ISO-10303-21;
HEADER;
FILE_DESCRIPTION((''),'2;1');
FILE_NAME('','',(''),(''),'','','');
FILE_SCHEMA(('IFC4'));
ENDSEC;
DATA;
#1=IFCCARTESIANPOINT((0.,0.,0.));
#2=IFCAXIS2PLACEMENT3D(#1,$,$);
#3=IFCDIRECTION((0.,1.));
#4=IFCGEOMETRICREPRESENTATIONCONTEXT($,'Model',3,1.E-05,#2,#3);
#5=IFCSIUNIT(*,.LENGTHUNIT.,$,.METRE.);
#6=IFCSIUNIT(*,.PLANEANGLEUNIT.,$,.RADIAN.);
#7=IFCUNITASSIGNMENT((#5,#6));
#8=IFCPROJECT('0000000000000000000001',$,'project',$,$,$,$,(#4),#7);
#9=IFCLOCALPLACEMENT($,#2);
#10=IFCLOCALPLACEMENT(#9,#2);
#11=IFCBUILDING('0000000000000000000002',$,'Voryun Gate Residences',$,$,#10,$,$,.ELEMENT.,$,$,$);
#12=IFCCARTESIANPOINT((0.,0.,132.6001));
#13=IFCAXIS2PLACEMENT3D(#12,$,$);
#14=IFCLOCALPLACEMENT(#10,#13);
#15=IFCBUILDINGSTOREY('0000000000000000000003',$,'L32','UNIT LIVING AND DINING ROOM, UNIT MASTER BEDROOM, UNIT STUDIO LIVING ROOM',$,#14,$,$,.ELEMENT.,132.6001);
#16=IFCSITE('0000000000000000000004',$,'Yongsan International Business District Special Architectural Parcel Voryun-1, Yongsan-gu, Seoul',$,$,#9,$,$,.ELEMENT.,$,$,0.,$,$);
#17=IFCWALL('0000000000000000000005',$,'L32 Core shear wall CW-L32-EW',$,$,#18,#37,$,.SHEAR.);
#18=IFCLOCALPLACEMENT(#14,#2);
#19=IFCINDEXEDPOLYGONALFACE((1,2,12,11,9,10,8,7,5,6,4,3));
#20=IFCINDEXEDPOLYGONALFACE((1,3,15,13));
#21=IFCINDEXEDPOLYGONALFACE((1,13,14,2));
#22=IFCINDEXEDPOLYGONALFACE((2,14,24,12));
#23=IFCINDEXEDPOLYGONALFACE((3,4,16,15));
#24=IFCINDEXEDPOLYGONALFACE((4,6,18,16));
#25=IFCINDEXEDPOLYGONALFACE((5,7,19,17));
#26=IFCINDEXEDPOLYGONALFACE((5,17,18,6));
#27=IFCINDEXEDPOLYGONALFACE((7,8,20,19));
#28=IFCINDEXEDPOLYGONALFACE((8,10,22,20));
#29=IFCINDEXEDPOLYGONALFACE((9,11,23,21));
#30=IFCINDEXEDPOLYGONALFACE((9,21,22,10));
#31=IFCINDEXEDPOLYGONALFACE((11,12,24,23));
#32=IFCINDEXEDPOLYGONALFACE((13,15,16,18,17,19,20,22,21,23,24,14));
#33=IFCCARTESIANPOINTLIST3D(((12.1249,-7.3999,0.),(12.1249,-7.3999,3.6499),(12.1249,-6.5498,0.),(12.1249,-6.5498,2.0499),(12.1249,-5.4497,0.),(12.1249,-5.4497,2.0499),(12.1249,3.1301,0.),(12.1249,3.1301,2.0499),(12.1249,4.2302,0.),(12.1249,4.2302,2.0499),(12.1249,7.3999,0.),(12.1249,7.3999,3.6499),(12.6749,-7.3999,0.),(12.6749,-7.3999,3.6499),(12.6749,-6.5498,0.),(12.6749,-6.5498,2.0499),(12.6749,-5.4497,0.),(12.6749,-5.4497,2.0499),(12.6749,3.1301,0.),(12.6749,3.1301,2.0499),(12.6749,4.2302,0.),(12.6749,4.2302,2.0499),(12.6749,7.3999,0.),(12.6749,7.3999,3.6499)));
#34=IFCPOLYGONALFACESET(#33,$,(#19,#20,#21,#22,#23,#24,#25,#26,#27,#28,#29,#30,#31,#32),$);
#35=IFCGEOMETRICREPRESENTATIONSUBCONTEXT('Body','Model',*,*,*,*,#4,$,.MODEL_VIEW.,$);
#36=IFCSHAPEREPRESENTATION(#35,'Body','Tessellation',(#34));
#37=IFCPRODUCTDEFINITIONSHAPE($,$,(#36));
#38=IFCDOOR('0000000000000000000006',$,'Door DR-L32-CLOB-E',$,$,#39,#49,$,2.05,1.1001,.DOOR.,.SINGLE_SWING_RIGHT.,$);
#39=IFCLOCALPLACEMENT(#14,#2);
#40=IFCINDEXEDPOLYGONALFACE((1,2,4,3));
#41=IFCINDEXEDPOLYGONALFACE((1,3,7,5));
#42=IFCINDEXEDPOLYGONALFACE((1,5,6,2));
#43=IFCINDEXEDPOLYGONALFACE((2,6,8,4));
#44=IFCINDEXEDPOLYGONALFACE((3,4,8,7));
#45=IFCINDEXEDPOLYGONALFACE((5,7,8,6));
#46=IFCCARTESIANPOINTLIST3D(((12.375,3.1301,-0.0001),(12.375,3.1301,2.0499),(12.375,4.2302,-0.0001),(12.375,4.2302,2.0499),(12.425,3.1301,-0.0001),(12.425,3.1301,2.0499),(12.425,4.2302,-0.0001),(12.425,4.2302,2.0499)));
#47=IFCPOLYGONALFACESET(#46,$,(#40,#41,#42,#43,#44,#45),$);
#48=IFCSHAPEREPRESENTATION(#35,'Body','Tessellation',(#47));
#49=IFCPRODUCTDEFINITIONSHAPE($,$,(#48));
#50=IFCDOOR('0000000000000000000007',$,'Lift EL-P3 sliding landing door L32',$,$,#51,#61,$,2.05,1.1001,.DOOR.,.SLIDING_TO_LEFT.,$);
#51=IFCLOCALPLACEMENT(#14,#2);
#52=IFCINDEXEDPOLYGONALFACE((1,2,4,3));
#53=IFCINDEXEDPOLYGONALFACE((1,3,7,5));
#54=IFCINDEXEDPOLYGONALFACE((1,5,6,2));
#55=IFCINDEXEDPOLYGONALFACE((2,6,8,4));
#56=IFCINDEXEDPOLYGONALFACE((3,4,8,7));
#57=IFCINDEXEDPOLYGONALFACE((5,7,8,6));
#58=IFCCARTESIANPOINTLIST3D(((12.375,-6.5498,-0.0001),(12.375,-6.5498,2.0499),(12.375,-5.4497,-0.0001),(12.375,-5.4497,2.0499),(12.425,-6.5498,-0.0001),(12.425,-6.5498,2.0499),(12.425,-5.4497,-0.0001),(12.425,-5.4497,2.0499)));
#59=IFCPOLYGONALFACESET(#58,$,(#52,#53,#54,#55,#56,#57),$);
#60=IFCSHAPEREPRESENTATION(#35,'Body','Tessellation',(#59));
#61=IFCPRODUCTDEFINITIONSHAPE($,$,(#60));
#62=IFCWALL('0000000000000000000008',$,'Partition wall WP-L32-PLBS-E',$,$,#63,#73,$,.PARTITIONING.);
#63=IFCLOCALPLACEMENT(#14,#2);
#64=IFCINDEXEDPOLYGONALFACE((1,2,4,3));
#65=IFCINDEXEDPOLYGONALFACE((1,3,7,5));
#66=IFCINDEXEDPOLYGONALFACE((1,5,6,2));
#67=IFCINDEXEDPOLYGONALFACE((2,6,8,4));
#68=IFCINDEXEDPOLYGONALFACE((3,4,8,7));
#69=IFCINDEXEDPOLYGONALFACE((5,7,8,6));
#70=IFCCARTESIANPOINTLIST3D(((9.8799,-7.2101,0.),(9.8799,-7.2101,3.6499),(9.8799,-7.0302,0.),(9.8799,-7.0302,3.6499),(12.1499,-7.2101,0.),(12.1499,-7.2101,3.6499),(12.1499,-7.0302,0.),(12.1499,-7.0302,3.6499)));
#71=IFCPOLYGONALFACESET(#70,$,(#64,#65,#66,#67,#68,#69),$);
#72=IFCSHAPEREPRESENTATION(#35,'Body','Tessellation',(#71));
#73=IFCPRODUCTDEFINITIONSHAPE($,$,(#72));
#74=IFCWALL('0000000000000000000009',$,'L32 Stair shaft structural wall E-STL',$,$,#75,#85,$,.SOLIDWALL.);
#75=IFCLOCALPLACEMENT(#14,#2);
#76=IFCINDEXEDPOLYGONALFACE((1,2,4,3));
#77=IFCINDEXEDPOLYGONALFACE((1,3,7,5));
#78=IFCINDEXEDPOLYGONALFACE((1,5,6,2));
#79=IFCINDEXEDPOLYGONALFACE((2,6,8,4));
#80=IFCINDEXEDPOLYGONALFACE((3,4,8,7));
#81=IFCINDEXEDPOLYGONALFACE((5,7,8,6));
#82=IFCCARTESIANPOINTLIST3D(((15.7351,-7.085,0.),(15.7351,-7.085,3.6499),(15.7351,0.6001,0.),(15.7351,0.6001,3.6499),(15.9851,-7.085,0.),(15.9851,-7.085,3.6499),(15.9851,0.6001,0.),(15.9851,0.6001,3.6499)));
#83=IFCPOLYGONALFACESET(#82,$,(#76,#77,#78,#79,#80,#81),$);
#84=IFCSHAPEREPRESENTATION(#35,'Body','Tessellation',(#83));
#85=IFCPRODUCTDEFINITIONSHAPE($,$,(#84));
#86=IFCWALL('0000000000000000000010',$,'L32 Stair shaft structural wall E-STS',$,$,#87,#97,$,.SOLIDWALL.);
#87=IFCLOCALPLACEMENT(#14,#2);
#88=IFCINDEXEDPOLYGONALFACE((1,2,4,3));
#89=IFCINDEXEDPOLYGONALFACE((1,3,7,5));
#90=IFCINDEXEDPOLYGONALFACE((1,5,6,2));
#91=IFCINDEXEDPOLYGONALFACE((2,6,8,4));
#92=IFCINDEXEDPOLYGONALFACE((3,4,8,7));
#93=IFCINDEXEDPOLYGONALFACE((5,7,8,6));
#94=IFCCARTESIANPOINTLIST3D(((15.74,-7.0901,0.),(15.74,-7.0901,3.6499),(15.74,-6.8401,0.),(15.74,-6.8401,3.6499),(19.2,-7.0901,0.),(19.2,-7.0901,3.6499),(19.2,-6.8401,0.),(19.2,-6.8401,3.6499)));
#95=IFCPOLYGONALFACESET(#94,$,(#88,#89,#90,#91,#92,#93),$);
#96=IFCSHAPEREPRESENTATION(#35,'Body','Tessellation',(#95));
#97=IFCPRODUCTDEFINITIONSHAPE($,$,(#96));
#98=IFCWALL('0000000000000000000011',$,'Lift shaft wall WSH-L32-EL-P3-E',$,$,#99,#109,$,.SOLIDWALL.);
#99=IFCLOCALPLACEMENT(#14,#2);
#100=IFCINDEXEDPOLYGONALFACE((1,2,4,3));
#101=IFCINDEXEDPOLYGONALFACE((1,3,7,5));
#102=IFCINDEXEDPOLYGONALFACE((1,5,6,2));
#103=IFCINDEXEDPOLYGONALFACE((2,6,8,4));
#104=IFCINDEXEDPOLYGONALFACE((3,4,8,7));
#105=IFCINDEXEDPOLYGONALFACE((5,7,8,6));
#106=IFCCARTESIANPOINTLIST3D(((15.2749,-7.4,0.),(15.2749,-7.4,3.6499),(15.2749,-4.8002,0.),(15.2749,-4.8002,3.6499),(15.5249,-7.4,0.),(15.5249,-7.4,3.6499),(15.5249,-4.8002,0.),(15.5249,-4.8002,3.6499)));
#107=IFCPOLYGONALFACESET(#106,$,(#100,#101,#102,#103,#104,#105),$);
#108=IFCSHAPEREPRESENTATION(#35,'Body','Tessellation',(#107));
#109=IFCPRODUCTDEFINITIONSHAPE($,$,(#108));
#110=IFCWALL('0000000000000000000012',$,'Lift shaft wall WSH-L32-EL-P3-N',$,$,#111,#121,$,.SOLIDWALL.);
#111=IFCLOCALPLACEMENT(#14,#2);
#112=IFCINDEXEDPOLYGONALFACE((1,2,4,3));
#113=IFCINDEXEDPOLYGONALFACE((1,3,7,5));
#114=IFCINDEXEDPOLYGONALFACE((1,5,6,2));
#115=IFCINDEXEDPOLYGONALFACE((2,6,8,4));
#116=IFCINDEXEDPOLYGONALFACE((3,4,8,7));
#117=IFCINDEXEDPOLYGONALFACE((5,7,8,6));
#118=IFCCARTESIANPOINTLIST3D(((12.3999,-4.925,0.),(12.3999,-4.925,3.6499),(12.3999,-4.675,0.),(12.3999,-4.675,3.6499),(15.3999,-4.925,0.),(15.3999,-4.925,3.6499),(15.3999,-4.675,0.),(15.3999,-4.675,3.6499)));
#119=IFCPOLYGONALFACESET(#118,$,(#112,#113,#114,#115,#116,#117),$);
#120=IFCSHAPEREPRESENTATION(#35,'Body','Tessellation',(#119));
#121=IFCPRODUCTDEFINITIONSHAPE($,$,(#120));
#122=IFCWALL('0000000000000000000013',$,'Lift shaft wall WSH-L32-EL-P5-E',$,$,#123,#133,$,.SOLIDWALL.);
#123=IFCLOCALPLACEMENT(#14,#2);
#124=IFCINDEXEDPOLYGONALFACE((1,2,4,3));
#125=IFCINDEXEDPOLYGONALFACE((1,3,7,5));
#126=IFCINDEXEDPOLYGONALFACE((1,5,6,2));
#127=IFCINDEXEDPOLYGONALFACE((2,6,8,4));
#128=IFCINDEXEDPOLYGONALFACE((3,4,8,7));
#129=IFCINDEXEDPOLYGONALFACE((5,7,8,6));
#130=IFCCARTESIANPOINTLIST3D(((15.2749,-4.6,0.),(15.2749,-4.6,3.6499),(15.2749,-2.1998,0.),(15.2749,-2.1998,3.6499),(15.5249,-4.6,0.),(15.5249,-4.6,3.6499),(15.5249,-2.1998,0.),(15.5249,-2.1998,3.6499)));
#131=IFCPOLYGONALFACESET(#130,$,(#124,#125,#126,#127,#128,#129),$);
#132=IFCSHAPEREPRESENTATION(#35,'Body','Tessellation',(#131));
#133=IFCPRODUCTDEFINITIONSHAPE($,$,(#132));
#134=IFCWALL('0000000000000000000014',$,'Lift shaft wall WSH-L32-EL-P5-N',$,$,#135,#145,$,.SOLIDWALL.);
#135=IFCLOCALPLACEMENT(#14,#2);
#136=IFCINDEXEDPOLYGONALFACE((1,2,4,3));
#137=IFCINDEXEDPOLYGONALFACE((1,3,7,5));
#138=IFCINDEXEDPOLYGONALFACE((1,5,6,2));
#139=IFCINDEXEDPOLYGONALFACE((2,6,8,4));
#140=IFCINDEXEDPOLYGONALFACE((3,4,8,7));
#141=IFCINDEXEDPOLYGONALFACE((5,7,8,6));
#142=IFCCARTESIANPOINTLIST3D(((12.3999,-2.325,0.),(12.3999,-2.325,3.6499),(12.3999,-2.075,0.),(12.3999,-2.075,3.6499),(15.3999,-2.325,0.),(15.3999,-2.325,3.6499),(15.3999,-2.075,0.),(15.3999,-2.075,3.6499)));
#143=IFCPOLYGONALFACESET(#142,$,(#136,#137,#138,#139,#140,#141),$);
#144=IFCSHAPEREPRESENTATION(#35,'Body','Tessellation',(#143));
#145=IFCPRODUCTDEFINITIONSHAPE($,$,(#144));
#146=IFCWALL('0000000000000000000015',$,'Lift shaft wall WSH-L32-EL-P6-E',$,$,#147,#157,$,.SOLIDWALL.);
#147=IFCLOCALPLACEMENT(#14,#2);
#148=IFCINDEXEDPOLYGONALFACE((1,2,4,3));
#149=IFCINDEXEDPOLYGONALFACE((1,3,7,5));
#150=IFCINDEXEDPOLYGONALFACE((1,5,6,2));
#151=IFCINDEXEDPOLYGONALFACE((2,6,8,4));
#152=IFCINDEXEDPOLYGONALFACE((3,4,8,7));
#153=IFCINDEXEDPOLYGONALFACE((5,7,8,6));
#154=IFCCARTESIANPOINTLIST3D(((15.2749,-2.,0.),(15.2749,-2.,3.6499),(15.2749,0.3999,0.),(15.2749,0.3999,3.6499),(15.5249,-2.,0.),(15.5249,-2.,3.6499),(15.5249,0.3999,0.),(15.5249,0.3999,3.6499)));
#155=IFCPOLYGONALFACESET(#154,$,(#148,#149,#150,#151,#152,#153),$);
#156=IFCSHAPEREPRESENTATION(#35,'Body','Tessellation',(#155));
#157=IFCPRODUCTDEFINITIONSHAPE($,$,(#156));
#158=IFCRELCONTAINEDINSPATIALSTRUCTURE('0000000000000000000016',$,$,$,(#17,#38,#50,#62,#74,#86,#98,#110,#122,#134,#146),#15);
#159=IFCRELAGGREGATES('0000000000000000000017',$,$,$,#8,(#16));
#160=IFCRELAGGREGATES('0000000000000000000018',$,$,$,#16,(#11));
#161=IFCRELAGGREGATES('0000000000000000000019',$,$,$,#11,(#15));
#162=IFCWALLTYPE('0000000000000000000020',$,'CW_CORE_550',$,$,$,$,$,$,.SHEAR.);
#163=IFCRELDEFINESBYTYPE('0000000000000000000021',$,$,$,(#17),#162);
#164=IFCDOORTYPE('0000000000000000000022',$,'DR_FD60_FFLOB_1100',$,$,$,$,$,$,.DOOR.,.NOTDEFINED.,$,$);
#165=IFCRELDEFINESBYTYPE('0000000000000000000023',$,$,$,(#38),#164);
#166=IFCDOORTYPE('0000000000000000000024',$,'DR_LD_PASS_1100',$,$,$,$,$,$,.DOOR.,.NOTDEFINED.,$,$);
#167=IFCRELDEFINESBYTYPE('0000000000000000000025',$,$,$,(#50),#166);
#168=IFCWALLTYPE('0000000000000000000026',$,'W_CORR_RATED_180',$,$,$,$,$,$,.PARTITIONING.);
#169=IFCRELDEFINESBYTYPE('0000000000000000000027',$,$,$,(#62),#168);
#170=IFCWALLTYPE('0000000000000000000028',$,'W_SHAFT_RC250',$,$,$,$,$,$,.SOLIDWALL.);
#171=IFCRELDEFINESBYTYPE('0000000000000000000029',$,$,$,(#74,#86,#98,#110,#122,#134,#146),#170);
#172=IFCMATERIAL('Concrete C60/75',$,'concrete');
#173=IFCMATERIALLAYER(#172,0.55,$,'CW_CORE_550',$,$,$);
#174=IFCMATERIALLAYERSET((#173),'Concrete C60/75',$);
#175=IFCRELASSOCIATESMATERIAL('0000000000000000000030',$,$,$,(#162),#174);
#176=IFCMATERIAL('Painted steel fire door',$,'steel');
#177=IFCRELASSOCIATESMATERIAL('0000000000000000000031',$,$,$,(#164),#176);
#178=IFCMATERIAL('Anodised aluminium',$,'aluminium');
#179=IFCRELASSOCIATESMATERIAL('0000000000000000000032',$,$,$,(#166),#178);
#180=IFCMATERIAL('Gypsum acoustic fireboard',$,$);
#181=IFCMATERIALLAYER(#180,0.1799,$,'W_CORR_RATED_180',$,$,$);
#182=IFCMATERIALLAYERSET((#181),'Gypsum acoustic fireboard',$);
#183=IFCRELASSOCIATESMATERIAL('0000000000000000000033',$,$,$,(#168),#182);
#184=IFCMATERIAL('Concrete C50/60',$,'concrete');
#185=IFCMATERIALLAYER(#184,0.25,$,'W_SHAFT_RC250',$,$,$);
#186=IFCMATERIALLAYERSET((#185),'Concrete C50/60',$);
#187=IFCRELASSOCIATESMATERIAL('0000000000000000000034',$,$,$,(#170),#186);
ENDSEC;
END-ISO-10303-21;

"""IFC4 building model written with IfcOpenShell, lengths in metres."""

from ifc_helpers import new_model, si_unit, direction, frame, frame_2d, origin, place, context, subcontext, project, spatial, rectangle, extrude, material, layer, layer_set, type_object, element, fill, save


model = new_model("IFC4")

# Units and contexts
model_context = context("Model", 3, precision=1e-05, world=origin(), true_north=direction((0.0, 1.0)))
body_context = subcontext(model_context, "Body", "Model", "MODEL_VIEW")
ifc_project = project(units=[si_unit("LENGTHUNIT", "METRE"), si_unit("PLANEANGLEUNIT", "RADIAN")], contexts=[model_context])

# Site, building, storey
site_placement = place(None, origin())
site = spatial("IfcSite", under=ifc_project, at=site_placement, Name="Yongsan International Business District Special Architectural Parcel Voryun-1, Yongsan-gu, Seoul", CompositionType="ELEMENT", RefElevation=0.0)
building_placement = place(site_placement, origin())
building = spatial("IfcBuilding", under=site, at=building_placement, Name="Voryun Gate Residences", CompositionType="ELEMENT")
storey_placement = place(building_placement, frame((0.0, 0.0, 132.6001)))
storey = spatial("IfcBuildingStorey", under=building, at=storey_placement, Name="L32", Description="UNIT LIVING AND DINING ROOM, UNIT MASTER BEDROOM, UNIT STUDIO LIVING ROOM", CompositionType="ELEMENT", Elevation=132.6001)

# Shared definitions
ifc_material_1 = material(Name="Concrete C60/75", Category="concrete")
ifc_layer_1 = layer(ifc_material_1, 0.55, Name="CW_CORE_550")
ifc_layer_set_1 = layer_set([ifc_layer_1], Name="Concrete C60/75")
wall_type_1 = type_object("IfcWallType", Name="CW_CORE_550", PredefinedType="SHEAR", material=ifc_layer_set_1)

# Wall, openings, doors
wall_1_placement = place(storey_placement, frame((12.3999, -7.3999, 0.0), z_axis=(0.0, 0.0, 1.0), x_axis=(0.0, 1.0, 0.0)))
wall_1 = element("IfcWall", 1, at=wall_1_placement, inside=storey, type_object=wall_type_1, Name="L32 Core shear wall CW-L32-EW", PredefinedType="SHEAR", context=body_context, shape_type="SweptSolid", body=[
    extrude(rectangle(XDim=14.7998, YDim=0.55, at=frame_2d((7.3999, 0.0))), origin(), (0.0, 0.0, 1.0), 3.6499),
])
opening_1_placement = place(wall_1_placement, frame((0.8501, 0.0, 0.0)))
opening_1 = element("IfcOpeningElement", 2, at=opening_1_placement, cuts=wall_1, PredefinedType="OPENING", context=body_context, shape_type="SweptSolid", body=[
    extrude(rectangle(XDim=1.1001, YDim=2.05, at=frame_2d((0.55, 1.0249))), frame((0.0, 0.2849, 0.0), z_axis=(0.0, -1.0, 0.0), x_axis=(1.0, 0.0, 0.0)), (0.0, 0.0, 1.0), 0.5701),
])
opening_2_placement = place(wall_1_placement, frame((10.53, 0.0, 0.0)))
opening_2 = element("IfcOpeningElement", 3, at=opening_2_placement, cuts=wall_1, PredefinedType="OPENING", context=body_context, shape_type="SweptSolid", body=[
    extrude(rectangle(XDim=1.1001, YDim=2.05, at=frame_2d((0.55, 1.0249))), frame((0.0, 0.2849, 0.0), z_axis=(0.0, -1.0, 0.0), x_axis=(1.0, 0.0, 0.0)), (0.0, 0.0, 1.0), 0.5701),
])
ifc_material_2 = material(Name="Painted steel fire door", Category="steel")
door_type_1 = type_object("IfcDoorType", Name="DR_FD60_FFLOB_1100", OperationType="NOTDEFINED", PredefinedType="DOOR", material=ifc_material_2)
door_1_placement = place(opening_2_placement, origin())
door_1 = element("IfcDoor", 4, at=door_1_placement, inside=storey, type_object=door_type_1, Name="Door DR-L32-CLOB-E", OperationType="SINGLE_SWING_RIGHT", OverallHeight=2.05, OverallWidth=1.1001, PredefinedType="DOOR", context=body_context, shape_type="SweptSolid", body=[
    extrude(rectangle(XDim=1.1001, YDim=2.05, at=frame_2d((0.55, 1.0249))), frame((0.0, 0.0249, 0.0), z_axis=(0.0, -1.0, 0.0), x_axis=(1.0, 0.0, 0.0)), (0.0, 0.0, 1.0), 0.05),
])
fill(opening_2, door_1)
ifc_material_3 = material(Name="Anodised aluminium", Category="aluminium")
door_type_2 = type_object("IfcDoorType", Name="DR_LD_PASS_1100", OperationType="NOTDEFINED", PredefinedType="DOOR", material=ifc_material_3)
door_2_placement = place(opening_1_placement, origin())
door_2 = element("IfcDoor", 5, at=door_2_placement, inside=storey, type_object=door_type_2, Name="Lift EL-P3 sliding landing door L32", OperationType="SLIDING_TO_LEFT", OverallHeight=2.05, OverallWidth=1.1001, PredefinedType="DOOR", context=body_context, shape_type="SweptSolid", body=[
    extrude(rectangle(XDim=1.1001, YDim=2.05, at=frame_2d((0.55, 1.0249))), frame((0.0, 0.0249, 0.0), z_axis=(0.0, -1.0, 0.0), x_axis=(1.0, 0.0, 0.0)), (0.0, 0.0, 1.0), 0.05),
])
fill(opening_1, door_2)

# Walls
ifc_material_4 = material(Name="Gypsum acoustic fireboard")
ifc_layer_2 = layer(ifc_material_4, 0.1799, Name="W_CORR_RATED_180")
ifc_layer_set_2 = layer_set([ifc_layer_2], Name="Gypsum acoustic fireboard")
wall_type_2 = type_object("IfcWallType", Name="W_CORR_RATED_180", PredefinedType="PARTITIONING", material=ifc_layer_set_2)
wall_2_placement = place(storey_placement, frame((9.8799, -7.1201, 0.0), z_axis=(0.0, 0.0, 1.0), x_axis=(1.0, 0.0, 0.0)))
element("IfcWall", 6, at=wall_2_placement, inside=storey, type_object=wall_type_2, Name="Partition wall WP-L32-PLBS-E", PredefinedType="PARTITIONING", context=body_context, shape_type="SweptSolid", body=[
    extrude(rectangle(XDim=2.27, YDim=0.1799, at=frame_2d((1.135, 0.0))), origin(), (0.0, 0.0, 1.0), 3.6499),
])
ifc_material_5 = material(Name="Concrete C50/60", Category="concrete")
ifc_layer_3 = layer(ifc_material_5, 0.25, Name="W_SHAFT_RC250")
ifc_layer_set_3 = layer_set([ifc_layer_3], Name="Concrete C50/60")
wall_type_3 = type_object("IfcWallType", Name="W_SHAFT_RC250", PredefinedType="SOLIDWALL", material=ifc_layer_set_3)
wall_3_placement = place(storey_placement, frame((15.8601, -7.085, 0.0), z_axis=(0.0, 0.0, 1.0), x_axis=(0.0, 1.0, 0.0)))
element("IfcWall", 7, at=wall_3_placement, inside=storey, type_object=wall_type_3, Name="L32 Stair shaft structural wall E-STL", PredefinedType="SOLIDWALL", context=body_context, shape_type="SweptSolid", body=[
    extrude(rectangle(XDim=7.6851, YDim=0.25, at=frame_2d((3.8425, 0.0))), origin(), (0.0, 0.0, 1.0), 3.6499),
])
wall_4_placement = place(storey_placement, frame((15.74, -6.9651, 0.0), z_axis=(0.0, 0.0, 1.0), x_axis=(1.0, 0.0, 0.0)))
element("IfcWall", 8, at=wall_4_placement, inside=storey, type_object=wall_type_3, Name="L32 Stair shaft structural wall E-STS", PredefinedType="SOLIDWALL", context=body_context, shape_type="SweptSolid", body=[
    extrude(rectangle(XDim=3.46, YDim=0.25, at=frame_2d((1.73, 0.0))), origin(), (0.0, 0.0, 1.0), 3.6499),
])
wall_5_placement = place(storey_placement, frame((15.3999, -7.3999, 0.0), z_axis=(0.0, 0.0, 1.0), x_axis=(0.0, 1.0, 0.0)))
element("IfcWall", 9, at=wall_5_placement, inside=storey, type_object=wall_type_3, Name="Lift shaft wall WSH-L32-EL-P3-E", PredefinedType="SOLIDWALL", context=body_context, shape_type="SweptSolid", body=[
    extrude(rectangle(XDim=2.5999, YDim=0.25, at=frame_2d((1.2998, 0.0))), origin(), (0.0, 0.0, 1.0), 3.6499),
])
wall_6_placement = place(storey_placement, frame((15.3999, -4.8, 0.0), z_axis=(0.0, 0.0, 1.0), x_axis=(-1.0, 0.0, 0.0)))
element("IfcWall", 10, at=wall_6_placement, inside=storey, type_object=wall_type_3, Name="Lift shaft wall WSH-L32-EL-P3-N", PredefinedType="SOLIDWALL", context=body_context, shape_type="SweptSolid", body=[
    extrude(rectangle(XDim=3.0, YDim=0.25, at=frame_2d((1.5, 0.0))), origin(), (0.0, 0.0, 1.0), 3.6499),
])
wall_7_placement = place(storey_placement, frame((15.3999, -4.6001, 0.0), z_axis=(0.0, 0.0, 1.0), x_axis=(0.0, 1.0, 0.0)))
element("IfcWall", 11, at=wall_7_placement, inside=storey, type_object=wall_type_3, Name="Lift shaft wall WSH-L32-EL-P5-E", PredefinedType="SOLIDWALL", context=body_context, shape_type="SweptSolid", body=[
    extrude(rectangle(XDim=2.4001, YDim=0.25, at=frame_2d((1.2002, 0.0))), origin(), (0.0, 0.0, 1.0), 3.6499),
])
wall_8_placement = place(storey_placement, frame((15.3999, -2.2, 0.0), z_axis=(0.0, 0.0, 1.0), x_axis=(-1.0, 0.0, 0.0)))
element("IfcWall", 12, at=wall_8_placement, inside=storey, type_object=wall_type_3, Name="Lift shaft wall WSH-L32-EL-P5-N", PredefinedType="SOLIDWALL", context=body_context, shape_type="SweptSolid", body=[
    extrude(rectangle(XDim=3.0, YDim=0.25, at=frame_2d((1.5, 0.0))), origin(), (0.0, 0.0, 1.0), 3.6499),
])
wall_9_placement = place(storey_placement, frame((15.3999, -2.0, 0.0), z_axis=(0.0, 0.0, 1.0), x_axis=(0.0, 1.0, 0.0)))
element("IfcWall", 13, at=wall_9_placement, inside=storey, type_object=wall_type_3, Name="Lift shaft wall WSH-L32-EL-P6-E", PredefinedType="SOLIDWALL", context=body_context, shape_type="SweptSolid", body=[
    extrude(rectangle(XDim=2.3999, YDim=0.25, at=frame_2d((1.2, 0.0))), origin(), (0.0, 0.0, 1.0), 3.6499),
])

save(model, "model.ifc")
